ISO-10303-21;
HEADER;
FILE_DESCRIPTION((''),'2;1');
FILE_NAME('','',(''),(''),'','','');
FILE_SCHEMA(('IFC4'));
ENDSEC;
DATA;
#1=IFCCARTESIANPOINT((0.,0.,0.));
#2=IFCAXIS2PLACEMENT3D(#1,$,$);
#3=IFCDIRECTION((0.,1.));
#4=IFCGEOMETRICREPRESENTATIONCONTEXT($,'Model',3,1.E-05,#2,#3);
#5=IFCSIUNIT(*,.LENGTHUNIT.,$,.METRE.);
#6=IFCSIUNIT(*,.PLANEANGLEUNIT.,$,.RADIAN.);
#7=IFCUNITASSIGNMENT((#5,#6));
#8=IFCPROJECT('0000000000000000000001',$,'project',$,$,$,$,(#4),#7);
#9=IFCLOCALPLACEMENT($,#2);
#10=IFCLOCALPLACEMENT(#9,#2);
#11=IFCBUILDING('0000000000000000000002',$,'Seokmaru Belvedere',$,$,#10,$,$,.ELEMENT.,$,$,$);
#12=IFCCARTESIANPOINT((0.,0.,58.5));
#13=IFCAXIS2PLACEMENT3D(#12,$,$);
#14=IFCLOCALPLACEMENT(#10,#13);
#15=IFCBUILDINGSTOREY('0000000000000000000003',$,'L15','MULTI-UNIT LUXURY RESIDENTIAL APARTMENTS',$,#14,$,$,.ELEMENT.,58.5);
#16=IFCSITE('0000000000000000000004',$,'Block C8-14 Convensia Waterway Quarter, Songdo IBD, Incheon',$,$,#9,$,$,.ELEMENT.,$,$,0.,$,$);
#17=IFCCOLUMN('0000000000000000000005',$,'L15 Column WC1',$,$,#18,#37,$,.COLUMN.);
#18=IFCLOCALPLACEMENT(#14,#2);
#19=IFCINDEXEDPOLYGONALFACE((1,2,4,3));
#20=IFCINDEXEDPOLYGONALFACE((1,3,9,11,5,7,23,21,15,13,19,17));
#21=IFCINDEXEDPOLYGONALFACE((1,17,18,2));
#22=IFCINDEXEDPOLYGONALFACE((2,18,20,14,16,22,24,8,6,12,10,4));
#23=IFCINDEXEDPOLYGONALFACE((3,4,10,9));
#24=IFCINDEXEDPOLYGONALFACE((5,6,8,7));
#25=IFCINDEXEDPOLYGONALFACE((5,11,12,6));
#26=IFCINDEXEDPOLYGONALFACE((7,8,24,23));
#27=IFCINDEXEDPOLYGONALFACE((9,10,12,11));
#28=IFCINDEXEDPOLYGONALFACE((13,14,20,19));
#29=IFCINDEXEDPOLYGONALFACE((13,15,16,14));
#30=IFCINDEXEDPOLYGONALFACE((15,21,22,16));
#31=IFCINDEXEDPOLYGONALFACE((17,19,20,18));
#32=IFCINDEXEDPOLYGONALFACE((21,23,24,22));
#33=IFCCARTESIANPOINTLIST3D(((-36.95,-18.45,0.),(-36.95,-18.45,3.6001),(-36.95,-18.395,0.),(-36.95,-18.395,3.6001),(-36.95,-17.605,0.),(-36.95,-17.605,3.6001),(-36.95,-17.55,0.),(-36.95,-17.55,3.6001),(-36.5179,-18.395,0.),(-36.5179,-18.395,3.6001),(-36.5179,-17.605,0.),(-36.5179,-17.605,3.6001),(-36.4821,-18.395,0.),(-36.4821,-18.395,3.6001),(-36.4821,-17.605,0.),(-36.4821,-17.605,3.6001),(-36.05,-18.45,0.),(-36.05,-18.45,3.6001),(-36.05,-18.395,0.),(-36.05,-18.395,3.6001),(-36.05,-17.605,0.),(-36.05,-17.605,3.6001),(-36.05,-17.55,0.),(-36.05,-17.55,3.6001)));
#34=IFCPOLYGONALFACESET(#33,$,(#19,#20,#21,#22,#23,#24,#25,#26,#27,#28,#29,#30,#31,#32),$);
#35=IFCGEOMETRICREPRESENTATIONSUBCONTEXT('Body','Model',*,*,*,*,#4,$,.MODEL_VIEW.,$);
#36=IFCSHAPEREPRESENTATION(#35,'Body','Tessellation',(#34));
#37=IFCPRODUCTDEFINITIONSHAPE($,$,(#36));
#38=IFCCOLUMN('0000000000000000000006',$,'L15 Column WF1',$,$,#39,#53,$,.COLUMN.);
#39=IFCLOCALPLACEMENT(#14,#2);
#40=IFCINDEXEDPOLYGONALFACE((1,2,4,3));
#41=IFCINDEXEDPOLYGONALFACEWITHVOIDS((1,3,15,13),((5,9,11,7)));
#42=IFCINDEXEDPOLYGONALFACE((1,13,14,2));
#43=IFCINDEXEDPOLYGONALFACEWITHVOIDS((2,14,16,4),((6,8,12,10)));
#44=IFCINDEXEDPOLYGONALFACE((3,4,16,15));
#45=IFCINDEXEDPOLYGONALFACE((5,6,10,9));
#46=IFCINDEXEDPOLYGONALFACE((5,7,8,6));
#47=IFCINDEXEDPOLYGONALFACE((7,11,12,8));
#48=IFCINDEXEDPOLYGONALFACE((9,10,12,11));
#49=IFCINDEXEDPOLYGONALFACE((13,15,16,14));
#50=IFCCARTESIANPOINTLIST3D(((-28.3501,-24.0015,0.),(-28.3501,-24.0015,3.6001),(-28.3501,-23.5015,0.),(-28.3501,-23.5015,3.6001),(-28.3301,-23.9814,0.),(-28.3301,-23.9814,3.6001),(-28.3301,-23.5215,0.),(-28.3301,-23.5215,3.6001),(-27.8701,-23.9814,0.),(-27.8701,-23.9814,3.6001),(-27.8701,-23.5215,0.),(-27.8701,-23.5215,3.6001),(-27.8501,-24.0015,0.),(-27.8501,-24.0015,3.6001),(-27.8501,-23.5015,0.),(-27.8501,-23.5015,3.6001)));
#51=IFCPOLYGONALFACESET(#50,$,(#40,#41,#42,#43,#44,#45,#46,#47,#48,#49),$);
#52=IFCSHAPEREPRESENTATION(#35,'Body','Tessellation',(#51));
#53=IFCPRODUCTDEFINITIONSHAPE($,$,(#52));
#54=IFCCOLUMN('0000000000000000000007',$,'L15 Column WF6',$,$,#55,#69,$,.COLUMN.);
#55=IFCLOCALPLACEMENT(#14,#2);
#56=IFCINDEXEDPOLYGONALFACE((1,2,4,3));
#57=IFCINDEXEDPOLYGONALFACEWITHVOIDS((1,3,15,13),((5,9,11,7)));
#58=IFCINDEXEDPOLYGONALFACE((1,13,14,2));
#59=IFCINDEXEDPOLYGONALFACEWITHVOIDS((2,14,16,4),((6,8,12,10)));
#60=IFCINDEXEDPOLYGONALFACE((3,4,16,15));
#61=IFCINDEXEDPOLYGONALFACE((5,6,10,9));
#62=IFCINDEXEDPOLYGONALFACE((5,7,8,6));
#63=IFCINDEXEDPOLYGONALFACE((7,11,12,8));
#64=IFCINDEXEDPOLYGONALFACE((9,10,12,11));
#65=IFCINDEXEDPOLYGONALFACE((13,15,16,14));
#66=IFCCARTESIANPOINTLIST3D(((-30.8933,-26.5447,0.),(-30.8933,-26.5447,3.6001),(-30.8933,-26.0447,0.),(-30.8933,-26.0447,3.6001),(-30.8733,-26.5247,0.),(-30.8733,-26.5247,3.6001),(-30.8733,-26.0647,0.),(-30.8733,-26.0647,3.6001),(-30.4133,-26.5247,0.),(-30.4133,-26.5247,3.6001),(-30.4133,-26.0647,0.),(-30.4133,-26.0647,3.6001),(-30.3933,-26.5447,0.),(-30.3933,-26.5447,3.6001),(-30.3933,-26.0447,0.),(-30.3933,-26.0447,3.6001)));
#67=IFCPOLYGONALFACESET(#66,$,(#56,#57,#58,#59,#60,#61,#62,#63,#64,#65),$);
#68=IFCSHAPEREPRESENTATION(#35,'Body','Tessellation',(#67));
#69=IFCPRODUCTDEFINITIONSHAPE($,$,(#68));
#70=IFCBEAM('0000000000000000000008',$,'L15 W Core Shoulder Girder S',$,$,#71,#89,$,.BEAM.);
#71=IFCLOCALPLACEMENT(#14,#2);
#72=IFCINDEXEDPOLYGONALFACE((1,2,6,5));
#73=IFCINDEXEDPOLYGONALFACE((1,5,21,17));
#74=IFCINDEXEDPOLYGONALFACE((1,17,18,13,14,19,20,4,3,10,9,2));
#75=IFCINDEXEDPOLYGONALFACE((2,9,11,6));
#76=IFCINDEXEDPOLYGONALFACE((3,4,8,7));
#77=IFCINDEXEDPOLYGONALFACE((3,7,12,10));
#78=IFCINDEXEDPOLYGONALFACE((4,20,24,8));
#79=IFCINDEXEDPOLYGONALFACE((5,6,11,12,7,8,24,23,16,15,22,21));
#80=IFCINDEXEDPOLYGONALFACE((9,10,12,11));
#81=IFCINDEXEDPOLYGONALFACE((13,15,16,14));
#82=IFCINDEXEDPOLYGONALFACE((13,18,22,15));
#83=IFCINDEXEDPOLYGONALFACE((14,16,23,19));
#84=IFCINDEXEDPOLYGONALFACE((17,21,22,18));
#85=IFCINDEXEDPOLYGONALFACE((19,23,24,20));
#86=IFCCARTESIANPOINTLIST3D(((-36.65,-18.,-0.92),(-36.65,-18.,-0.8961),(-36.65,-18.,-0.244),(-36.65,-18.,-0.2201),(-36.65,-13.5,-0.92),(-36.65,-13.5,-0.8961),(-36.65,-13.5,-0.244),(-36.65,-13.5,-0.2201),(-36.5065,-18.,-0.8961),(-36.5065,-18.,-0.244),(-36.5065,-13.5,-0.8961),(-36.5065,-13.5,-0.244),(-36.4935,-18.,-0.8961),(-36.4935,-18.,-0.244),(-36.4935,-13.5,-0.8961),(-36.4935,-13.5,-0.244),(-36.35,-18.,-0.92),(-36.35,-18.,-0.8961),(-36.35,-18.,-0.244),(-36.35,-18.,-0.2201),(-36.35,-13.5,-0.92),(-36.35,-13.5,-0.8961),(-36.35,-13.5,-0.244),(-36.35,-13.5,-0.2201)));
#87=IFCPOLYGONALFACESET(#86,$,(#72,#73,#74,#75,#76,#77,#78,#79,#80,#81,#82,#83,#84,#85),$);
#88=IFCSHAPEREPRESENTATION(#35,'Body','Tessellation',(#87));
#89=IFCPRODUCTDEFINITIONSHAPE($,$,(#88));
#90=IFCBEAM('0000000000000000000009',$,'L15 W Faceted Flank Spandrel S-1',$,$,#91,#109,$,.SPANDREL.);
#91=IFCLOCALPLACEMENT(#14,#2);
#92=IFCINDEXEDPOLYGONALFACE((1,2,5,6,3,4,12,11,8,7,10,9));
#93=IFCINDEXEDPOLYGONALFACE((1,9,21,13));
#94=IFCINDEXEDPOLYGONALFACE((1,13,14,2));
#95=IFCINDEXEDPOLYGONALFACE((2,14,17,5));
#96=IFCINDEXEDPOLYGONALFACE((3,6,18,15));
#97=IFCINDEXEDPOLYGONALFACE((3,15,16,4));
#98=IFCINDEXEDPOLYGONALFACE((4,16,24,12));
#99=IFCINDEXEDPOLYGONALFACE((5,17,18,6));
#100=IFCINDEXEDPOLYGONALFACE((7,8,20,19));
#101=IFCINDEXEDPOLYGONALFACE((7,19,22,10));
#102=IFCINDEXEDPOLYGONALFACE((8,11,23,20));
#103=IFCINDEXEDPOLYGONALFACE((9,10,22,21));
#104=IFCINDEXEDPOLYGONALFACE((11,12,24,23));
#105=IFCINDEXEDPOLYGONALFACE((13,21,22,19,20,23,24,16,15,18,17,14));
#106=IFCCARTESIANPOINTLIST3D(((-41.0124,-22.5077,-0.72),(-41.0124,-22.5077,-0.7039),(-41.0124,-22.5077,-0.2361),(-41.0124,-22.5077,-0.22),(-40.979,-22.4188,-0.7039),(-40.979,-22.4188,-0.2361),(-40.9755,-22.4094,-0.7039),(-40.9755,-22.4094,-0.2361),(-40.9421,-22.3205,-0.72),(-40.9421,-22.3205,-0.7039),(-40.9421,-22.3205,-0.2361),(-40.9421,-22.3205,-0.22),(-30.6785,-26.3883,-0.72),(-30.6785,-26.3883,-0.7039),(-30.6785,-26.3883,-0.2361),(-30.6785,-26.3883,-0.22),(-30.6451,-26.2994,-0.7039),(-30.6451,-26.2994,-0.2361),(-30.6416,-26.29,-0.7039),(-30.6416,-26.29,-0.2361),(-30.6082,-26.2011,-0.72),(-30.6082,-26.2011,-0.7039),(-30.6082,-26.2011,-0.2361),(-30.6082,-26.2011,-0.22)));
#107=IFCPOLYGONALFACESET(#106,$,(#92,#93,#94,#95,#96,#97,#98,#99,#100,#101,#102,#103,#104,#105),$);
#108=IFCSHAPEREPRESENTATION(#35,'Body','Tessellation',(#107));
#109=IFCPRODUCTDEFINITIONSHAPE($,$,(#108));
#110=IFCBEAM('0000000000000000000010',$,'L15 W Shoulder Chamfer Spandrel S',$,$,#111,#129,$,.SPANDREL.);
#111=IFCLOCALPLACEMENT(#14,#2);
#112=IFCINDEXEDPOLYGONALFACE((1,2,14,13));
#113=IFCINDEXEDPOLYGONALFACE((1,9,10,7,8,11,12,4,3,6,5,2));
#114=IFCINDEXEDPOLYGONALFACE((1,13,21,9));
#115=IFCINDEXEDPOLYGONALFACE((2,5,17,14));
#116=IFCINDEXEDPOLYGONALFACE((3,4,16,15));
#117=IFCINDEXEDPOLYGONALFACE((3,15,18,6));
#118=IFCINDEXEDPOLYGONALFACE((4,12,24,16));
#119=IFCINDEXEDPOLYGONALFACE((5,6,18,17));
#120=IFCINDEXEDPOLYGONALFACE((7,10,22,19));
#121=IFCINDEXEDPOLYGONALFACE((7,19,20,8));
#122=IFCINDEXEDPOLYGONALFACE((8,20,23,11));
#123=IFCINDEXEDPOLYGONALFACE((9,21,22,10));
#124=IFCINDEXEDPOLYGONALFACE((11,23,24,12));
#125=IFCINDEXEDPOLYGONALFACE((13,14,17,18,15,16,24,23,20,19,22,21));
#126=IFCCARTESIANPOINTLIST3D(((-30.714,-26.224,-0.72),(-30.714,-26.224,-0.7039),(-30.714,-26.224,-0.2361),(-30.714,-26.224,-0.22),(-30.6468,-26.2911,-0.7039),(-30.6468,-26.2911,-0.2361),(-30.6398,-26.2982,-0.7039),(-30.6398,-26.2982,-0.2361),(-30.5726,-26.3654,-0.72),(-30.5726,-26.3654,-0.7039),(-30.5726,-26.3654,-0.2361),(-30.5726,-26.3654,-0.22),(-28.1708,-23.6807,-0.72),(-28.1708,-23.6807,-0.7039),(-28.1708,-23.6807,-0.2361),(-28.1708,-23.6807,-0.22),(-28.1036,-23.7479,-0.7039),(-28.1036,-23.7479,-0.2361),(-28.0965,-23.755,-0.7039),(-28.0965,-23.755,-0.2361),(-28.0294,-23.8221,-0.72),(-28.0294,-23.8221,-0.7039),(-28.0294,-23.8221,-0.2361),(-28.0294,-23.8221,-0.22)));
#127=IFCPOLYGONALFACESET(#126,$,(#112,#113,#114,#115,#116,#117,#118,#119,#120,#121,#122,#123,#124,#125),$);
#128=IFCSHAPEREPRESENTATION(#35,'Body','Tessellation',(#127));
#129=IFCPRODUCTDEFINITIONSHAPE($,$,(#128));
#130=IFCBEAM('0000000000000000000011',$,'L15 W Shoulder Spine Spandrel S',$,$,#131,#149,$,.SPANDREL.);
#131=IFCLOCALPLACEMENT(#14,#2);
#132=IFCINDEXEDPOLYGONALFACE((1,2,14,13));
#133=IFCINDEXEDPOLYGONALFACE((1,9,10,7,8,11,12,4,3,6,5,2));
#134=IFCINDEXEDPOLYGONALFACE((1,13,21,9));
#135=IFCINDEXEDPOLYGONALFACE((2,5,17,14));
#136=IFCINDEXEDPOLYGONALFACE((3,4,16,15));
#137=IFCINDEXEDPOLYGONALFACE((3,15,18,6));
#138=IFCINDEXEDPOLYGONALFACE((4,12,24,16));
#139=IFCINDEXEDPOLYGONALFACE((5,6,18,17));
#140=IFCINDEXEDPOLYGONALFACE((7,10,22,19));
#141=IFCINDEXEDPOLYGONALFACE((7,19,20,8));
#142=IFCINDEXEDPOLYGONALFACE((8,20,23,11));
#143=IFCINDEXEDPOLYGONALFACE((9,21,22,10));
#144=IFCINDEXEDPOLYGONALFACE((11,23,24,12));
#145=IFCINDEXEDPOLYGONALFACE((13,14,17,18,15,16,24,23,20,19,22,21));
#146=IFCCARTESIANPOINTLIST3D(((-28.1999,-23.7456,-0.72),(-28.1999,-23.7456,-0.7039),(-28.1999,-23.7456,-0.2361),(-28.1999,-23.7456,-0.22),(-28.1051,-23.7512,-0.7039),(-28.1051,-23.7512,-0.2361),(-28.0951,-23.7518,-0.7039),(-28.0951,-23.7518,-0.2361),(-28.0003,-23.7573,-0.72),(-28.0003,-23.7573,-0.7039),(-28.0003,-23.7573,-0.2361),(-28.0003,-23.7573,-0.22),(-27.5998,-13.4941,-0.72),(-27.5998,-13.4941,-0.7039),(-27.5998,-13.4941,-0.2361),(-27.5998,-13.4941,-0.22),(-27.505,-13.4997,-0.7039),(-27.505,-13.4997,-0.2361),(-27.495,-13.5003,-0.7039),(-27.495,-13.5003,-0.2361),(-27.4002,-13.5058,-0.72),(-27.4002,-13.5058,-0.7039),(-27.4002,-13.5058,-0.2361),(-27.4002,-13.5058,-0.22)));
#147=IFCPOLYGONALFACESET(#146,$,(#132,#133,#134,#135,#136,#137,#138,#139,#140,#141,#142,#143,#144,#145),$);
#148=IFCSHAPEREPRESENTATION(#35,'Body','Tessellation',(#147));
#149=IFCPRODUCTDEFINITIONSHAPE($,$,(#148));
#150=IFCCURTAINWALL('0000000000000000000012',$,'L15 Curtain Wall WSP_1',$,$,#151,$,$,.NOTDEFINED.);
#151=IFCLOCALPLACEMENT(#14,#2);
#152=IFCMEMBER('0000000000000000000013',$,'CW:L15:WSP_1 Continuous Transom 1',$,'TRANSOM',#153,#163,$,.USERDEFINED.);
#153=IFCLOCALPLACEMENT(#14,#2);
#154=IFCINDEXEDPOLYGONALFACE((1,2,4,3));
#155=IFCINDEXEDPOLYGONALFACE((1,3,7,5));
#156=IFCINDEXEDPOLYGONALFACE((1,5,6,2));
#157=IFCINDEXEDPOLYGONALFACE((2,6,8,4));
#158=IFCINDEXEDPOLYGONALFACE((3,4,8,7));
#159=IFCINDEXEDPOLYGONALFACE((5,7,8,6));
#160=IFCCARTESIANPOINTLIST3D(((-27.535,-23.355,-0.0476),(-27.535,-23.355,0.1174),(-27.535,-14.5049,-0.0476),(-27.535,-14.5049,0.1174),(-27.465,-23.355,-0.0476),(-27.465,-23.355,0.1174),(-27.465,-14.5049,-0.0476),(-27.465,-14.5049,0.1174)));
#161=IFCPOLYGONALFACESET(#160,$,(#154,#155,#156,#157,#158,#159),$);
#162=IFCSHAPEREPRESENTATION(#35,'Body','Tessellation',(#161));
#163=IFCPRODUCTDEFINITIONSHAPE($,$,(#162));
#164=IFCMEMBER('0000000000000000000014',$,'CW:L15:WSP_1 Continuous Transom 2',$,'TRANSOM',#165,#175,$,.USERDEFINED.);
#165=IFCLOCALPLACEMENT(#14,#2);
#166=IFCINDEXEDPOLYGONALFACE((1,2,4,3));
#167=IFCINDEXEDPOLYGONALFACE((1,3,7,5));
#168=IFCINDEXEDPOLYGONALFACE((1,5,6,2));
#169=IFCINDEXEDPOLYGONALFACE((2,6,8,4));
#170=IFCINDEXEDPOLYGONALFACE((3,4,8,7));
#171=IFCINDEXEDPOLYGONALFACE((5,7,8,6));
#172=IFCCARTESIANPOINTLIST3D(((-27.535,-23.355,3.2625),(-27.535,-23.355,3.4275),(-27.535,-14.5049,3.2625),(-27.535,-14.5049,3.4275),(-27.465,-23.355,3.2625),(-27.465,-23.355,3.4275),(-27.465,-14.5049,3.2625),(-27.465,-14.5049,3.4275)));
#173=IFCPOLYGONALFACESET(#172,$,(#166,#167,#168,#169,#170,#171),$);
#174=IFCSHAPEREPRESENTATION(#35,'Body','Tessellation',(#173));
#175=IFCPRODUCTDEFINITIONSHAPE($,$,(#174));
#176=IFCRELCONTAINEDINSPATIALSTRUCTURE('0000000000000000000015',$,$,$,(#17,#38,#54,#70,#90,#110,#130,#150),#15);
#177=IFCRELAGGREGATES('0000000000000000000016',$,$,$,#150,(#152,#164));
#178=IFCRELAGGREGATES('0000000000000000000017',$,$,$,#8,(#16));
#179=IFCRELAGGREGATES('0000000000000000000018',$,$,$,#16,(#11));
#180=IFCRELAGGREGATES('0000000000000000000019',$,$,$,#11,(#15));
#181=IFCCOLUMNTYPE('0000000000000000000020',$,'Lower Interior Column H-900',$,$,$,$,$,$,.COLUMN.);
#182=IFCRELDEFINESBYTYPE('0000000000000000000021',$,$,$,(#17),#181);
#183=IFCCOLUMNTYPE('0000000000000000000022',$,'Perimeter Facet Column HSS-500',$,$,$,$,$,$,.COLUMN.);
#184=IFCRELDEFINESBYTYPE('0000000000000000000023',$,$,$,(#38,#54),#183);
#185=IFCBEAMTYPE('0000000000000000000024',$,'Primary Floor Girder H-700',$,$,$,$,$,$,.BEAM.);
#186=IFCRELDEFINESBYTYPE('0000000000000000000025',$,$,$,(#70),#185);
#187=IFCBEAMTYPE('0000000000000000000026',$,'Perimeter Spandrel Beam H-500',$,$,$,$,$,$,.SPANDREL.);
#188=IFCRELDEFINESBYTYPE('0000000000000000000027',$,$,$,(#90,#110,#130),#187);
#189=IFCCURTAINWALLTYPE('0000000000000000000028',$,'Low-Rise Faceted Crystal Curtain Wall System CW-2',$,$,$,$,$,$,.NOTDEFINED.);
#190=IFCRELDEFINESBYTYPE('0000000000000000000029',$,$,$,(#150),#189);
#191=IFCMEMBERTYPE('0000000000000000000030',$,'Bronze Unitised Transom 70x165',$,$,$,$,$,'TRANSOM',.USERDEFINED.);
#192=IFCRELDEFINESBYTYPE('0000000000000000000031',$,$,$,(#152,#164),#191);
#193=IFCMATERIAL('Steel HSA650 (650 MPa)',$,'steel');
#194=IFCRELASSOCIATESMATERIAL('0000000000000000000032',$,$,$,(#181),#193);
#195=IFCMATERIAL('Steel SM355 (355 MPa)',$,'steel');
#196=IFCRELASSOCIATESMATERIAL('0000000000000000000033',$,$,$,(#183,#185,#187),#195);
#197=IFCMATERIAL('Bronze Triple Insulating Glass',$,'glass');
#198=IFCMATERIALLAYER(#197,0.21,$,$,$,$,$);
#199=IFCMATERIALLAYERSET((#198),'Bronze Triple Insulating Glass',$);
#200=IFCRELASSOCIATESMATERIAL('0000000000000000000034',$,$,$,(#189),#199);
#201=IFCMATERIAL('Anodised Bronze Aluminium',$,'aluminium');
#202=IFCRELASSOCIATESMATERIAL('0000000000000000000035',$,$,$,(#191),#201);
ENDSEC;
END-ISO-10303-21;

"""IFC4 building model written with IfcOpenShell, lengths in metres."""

from ifc_helpers import new_model, si_unit, direction, frame, origin, origin_2d, place, context, subcontext, project, spatial, rectangle, hollow_rectangle, i_section, extrude, source, transform, mapped, material, layer, layer_set, material_profile, profile_set, type_object, type_shapes, element, aggregate, save


model = new_model("IFC4")

# Units and contexts
model_context = context("Model", 3, precision=1e-05, world=origin(), true_north=direction((0.0, 1.0)))
body_context = subcontext(model_context, "Body", "Model", "MODEL_VIEW")
ifc_project = project(units=[si_unit("LENGTHUNIT", "METRE"), si_unit("PLANEANGLEUNIT", "RADIAN")], contexts=[model_context])

# Site, building, storey
site_placement = place(None, origin())
site = spatial("IfcSite", under=ifc_project, at=site_placement, Name="Block C8-14 Convensia Waterway Quarter, Songdo IBD, Incheon", CompositionType="ELEMENT", RefElevation=0.0)
building_placement = place(site_placement, origin())
building = spatial("IfcBuilding", under=site, at=building_placement, Name="Seokmaru Belvedere", CompositionType="ELEMENT")
storey_placement = place(building_placement, frame((0.0, 0.0, 58.5)))
storey = spatial("IfcBuildingStorey", under=building, at=storey_placement, Name="L15", Description="MULTI-UNIT LUXURY RESIDENTIAL APARTMENTS", CompositionType="ELEMENT", Elevation=58.5)

# Columns
ifc_material_1 = material(Name="Steel HSA650 (650 MPa)", Category="steel")
ifc_material_profile_1 = material_profile(ifc_material_1, i_section(OverallWidth=0.8999, OverallDepth=0.8999, WebThickness=0.0359, FlangeThickness=0.0549, at=origin_2d()), Name="H-900x900x36x55")
ifc_profile_set_1 = profile_set([ifc_material_profile_1], Name="Steel HSA650 (650 MPa)")
column_type_1 = type_object("IfcColumnType", Name="Lower Interior Column H-900", PredefinedType="COLUMN", material=ifc_profile_set_1)
shared_shape_1 = source(origin(), body_context, "Body", "SweptSolid", [
    extrude(i_section(OverallWidth=0.8999, OverallDepth=0.8999, WebThickness=0.0359, FlangeThickness=0.0549, at=origin_2d()), origin(), (0.0, 0.0, 1.0), 3.6001),
])
type_shapes(column_type_1, [shared_shape_1])
column_placement = place(storey_placement, frame((-36.5, -18.0, 0.0), z_axis=(0.0, 0.0, 1.0), x_axis=(1.0, 0.0, 0.0)))
element("IfcColumn", 1, at=column_placement, inside=storey, type_object=column_type_1, Name="L15 Column WC1", PredefinedType="COLUMN", context=body_context, shape_type="MappedRepresentation", body=[
    mapped(shared_shape_1, transform((0.0, 0.0, 0.0), scale=1.0)),
])
ifc_material_2 = material(Name="Steel SM355 (355 MPa)", Category="steel")
ifc_material_profile_2 = material_profile(ifc_material_2, hollow_rectangle(XDim=0.5, YDim=0.5, WallThickness=0.02, at=origin_2d()), Name="HSS-500x500x20")
ifc_profile_set_2 = profile_set([ifc_material_profile_2], Name="Steel SM355 (355 MPa)")
column_type_2 = type_object("IfcColumnType", Name="Perimeter Facet Column HSS-500", PredefinedType="COLUMN", material=ifc_profile_set_2)
shared_shape_2 = source(origin(), body_context, "Body", "SweptSolid", [
    extrude(hollow_rectangle(XDim=0.5, YDim=0.5, WallThickness=0.02, at=origin_2d()), origin(), (0.0, 0.0, 1.0), 3.6001),
])
type_shapes(column_type_2, [shared_shape_2])
for number, where, z_axis, x_axis, name in (
    (2, (-28.1001, -23.7515, 0.0), (0.0, 0.0, 1.0), (1.0, 0.0, 0.0), "L15 Column WF1"),
    (3, (-30.6433, -26.2947, 0.0), (0.0, 0.0, 1.0), (1.0, 0.0, 0.0), "L15 Column WF6"),
):
    element("IfcColumn", number, at=place(storey_placement, frame(where, z_axis=z_axis, x_axis=x_axis)), inside=storey, type_object=column_type_2, Name=name, PredefinedType="COLUMN", context=body_context, shape_type="MappedRepresentation", body=[
        mapped(shared_shape_2, transform((0.0, 0.0, 0.0), scale=1.0)),
    ])

# Beams
ifc_material_profile_3 = material_profile(ifc_material_2, i_section(OverallWidth=0.3, OverallDepth=0.7, WebThickness=0.0129, FlangeThickness=0.0239, at=origin_2d()), Name="H-700x300x13x24")
ifc_profile_set_3 = profile_set([ifc_material_profile_3], Name="Steel SM355 (355 MPa)")
beam_type_1 = type_object("IfcBeamType", Name="Primary Floor Girder H-700", PredefinedType="BEAM", material=ifc_profile_set_3)
shared_shape_3 = source(origin(), body_context, "Body", "SweptSolid", [
    extrude(i_section(OverallWidth=0.3, OverallDepth=0.7, WebThickness=0.0129, FlangeThickness=0.0239, at=origin_2d()), origin(), (0.0, 0.0, 1.0), 4.5),
])
type_shapes(beam_type_1, [shared_shape_3])
beam_1_placement = place(storey_placement, frame((-36.5, -18.0, -0.5701), z_axis=(0.0, 1.0, 0.0), x_axis=(-1.0, 0.0, 0.0)))
element("IfcBeam", 4, at=beam_1_placement, inside=storey, type_object=beam_type_1, Name="L15 W Core Shoulder Girder S", PredefinedType="BEAM", context=body_context, shape_type="MappedRepresentation", body=[
    mapped(shared_shape_3, transform((0.0, 0.0, 0.0), scale=1.0)),
])
ifc_material_profile_4 = material_profile(ifc_material_2, i_section(OverallWidth=0.2, OverallDepth=0.5, WebThickness=0.01, FlangeThickness=0.0161, at=origin_2d()), Name="H-500x200x10x16")
ifc_profile_set_4 = profile_set([ifc_material_profile_4], Name="Steel SM355 (355 MPa)")
beam_type_2 = type_object("IfcBeamType", Name="Perimeter Spandrel Beam H-500", PredefinedType="SPANDREL", material=ifc_profile_set_4)
shared_shape_4 = source(origin(), body_context, "Body", "SweptSolid", [
    extrude(i_section(OverallWidth=0.2, OverallDepth=0.5, WebThickness=0.01, FlangeThickness=0.0161, at=origin_2d()), origin(), (0.0, 0.0, 1.0), 11.0386),
])
beam_2_placement = place(storey_placement, frame((-30.6433, -26.2947, -0.47), z_axis=(-0.936169, 0.35155, 0.0), x_axis=(-0.35155, -0.936169, 0.0)))
element("IfcBeam", 5, at=beam_2_placement, inside=storey, type_object=beam_type_2, Name="L15 W Faceted Flank Spandrel S-1", PredefinedType="SPANDREL", context=body_context, shape_type="MappedRepresentation", body=[
    mapped(shared_shape_4, transform((0.0, 0.0, 0.0), scale=1.0)),
])
shared_shape_5 = source(origin(), body_context, "Body", "SweptSolid", [
    extrude(i_section(OverallWidth=0.2, OverallDepth=0.5, WebThickness=0.01, FlangeThickness=0.0161, at=origin_2d()), origin(), (0.0, 0.0, 1.0), 3.5967),
])
beam_3_placement = place(storey_placement, frame((-30.6433, -26.2947, -0.47), z_axis=(0.707107, 0.707107, 0.0), x_axis=(-0.707107, 0.707107, 0.0)))
element("IfcBeam", 6, at=beam_3_placement, inside=storey, type_object=beam_type_2, Name="L15 W Shoulder Chamfer Spandrel S", PredefinedType="SPANDREL", context=body_context, shape_type="MappedRepresentation", body=[
    mapped(shared_shape_5, transform((0.0, 0.0, 0.0), scale=1.0)),
])
shared_shape_6 = source(origin(), body_context, "Body", "SweptSolid", [
    extrude(i_section(OverallWidth=0.2, OverallDepth=0.5, WebThickness=0.01, FlangeThickness=0.0161, at=origin_2d()), origin(), (0.0, 0.0, 1.0), 10.269),
])
type_shapes(beam_type_2, [shared_shape_4, shared_shape_5, shared_shape_6])
beam_4_placement = place(storey_placement, frame((-28.1001, -23.7515, -0.47), z_axis=(0.058438, 0.998291, 0.0), x_axis=(-0.998291, 0.058438, 0.0)))
element("IfcBeam", 7, at=beam_4_placement, inside=storey, type_object=beam_type_2, Name="L15 W Shoulder Spine Spandrel S", PredefinedType="SPANDREL", context=body_context, shape_type="MappedRepresentation", body=[
    mapped(shared_shape_6, transform((0.0, 0.0, 0.0), scale=1.0)),
])

# Curtain wall, members
ifc_material_3 = material(Name="Bronze Triple Insulating Glass", Category="glass")
ifc_layer_1 = layer(ifc_material_3, 0.21)
ifc_layer_set_1 = layer_set([ifc_layer_1], Name="Bronze Triple Insulating Glass")
curtain_wall_type = type_object("IfcCurtainWallType", Name="Low-Rise Faceted Crystal Curtain Wall System CW-2", PredefinedType="NOTDEFINED", material=ifc_layer_set_1)
curtain_wall_1_placement = place(storey_placement, origin())
curtain_wall_1 = element("IfcCurtainWall", 8, at=curtain_wall_1_placement, inside=storey, type_object=curtain_wall_type, Name="L15 Curtain Wall WSP_1", PredefinedType="NOTDEFINED")
ifc_material_4 = material(Name="Anodised Bronze Aluminium", Category="aluminium")
ifc_material_profile_5 = material_profile(ifc_material_4, rectangle(XDim=0.0701, YDim=0.165, at=origin_2d()), Name="CW-T-70x165")
ifc_profile_set_5 = profile_set([ifc_material_profile_5], Name="Anodised Bronze Aluminium")
member_type_1 = type_object("IfcMemberType", Name="Bronze Unitised Transom 70x165", ElementType="TRANSOM", PredefinedType="USERDEFINED", material=ifc_profile_set_5)
shared_shape_7 = source(origin(), body_context, "Body", "SweptSolid", [
    extrude(rectangle(XDim=0.0701, YDim=0.165, at=origin_2d()), origin(), (0.0, 0.0, 1.0), 8.8501),
])
member_1_placement = place(storey_placement, frame((-27.5, -23.355, 0.0349), z_axis=(0.0, 1.0, 0.0), x_axis=(-1.0, 0.0, 0.0)))
member_1 = element("IfcMember", 9, at=member_1_placement, type_object=member_type_1, Name="CW:L15:WSP_1 Continuous Transom 1", ObjectType="TRANSOM", PredefinedType="USERDEFINED", context=body_context, shape_type="MappedRepresentation", body=[
    mapped(shared_shape_7, transform((0.0, 0.0, 0.0), scale=1.0)),
])
member_2_placement = place(storey_placement, frame((-27.5, -23.355, 3.345), z_axis=(0.0, 1.0, 0.0), x_axis=(-1.0, 0.0, 0.0)))
member_2 = element("IfcMember", 10, at=member_2_placement, type_object=member_type_1, Name="CW:L15:WSP_1 Continuous Transom 2", ObjectType="TRANSOM", PredefinedType="USERDEFINED", context=body_context, shape_type="MappedRepresentation", body=[
    mapped(shared_shape_7, transform((0.0, 0.0, 0.0), scale=1.0)),
])

aggregate(curtain_wall_1, [member_1, member_2])

save(model, "model.ifc")
